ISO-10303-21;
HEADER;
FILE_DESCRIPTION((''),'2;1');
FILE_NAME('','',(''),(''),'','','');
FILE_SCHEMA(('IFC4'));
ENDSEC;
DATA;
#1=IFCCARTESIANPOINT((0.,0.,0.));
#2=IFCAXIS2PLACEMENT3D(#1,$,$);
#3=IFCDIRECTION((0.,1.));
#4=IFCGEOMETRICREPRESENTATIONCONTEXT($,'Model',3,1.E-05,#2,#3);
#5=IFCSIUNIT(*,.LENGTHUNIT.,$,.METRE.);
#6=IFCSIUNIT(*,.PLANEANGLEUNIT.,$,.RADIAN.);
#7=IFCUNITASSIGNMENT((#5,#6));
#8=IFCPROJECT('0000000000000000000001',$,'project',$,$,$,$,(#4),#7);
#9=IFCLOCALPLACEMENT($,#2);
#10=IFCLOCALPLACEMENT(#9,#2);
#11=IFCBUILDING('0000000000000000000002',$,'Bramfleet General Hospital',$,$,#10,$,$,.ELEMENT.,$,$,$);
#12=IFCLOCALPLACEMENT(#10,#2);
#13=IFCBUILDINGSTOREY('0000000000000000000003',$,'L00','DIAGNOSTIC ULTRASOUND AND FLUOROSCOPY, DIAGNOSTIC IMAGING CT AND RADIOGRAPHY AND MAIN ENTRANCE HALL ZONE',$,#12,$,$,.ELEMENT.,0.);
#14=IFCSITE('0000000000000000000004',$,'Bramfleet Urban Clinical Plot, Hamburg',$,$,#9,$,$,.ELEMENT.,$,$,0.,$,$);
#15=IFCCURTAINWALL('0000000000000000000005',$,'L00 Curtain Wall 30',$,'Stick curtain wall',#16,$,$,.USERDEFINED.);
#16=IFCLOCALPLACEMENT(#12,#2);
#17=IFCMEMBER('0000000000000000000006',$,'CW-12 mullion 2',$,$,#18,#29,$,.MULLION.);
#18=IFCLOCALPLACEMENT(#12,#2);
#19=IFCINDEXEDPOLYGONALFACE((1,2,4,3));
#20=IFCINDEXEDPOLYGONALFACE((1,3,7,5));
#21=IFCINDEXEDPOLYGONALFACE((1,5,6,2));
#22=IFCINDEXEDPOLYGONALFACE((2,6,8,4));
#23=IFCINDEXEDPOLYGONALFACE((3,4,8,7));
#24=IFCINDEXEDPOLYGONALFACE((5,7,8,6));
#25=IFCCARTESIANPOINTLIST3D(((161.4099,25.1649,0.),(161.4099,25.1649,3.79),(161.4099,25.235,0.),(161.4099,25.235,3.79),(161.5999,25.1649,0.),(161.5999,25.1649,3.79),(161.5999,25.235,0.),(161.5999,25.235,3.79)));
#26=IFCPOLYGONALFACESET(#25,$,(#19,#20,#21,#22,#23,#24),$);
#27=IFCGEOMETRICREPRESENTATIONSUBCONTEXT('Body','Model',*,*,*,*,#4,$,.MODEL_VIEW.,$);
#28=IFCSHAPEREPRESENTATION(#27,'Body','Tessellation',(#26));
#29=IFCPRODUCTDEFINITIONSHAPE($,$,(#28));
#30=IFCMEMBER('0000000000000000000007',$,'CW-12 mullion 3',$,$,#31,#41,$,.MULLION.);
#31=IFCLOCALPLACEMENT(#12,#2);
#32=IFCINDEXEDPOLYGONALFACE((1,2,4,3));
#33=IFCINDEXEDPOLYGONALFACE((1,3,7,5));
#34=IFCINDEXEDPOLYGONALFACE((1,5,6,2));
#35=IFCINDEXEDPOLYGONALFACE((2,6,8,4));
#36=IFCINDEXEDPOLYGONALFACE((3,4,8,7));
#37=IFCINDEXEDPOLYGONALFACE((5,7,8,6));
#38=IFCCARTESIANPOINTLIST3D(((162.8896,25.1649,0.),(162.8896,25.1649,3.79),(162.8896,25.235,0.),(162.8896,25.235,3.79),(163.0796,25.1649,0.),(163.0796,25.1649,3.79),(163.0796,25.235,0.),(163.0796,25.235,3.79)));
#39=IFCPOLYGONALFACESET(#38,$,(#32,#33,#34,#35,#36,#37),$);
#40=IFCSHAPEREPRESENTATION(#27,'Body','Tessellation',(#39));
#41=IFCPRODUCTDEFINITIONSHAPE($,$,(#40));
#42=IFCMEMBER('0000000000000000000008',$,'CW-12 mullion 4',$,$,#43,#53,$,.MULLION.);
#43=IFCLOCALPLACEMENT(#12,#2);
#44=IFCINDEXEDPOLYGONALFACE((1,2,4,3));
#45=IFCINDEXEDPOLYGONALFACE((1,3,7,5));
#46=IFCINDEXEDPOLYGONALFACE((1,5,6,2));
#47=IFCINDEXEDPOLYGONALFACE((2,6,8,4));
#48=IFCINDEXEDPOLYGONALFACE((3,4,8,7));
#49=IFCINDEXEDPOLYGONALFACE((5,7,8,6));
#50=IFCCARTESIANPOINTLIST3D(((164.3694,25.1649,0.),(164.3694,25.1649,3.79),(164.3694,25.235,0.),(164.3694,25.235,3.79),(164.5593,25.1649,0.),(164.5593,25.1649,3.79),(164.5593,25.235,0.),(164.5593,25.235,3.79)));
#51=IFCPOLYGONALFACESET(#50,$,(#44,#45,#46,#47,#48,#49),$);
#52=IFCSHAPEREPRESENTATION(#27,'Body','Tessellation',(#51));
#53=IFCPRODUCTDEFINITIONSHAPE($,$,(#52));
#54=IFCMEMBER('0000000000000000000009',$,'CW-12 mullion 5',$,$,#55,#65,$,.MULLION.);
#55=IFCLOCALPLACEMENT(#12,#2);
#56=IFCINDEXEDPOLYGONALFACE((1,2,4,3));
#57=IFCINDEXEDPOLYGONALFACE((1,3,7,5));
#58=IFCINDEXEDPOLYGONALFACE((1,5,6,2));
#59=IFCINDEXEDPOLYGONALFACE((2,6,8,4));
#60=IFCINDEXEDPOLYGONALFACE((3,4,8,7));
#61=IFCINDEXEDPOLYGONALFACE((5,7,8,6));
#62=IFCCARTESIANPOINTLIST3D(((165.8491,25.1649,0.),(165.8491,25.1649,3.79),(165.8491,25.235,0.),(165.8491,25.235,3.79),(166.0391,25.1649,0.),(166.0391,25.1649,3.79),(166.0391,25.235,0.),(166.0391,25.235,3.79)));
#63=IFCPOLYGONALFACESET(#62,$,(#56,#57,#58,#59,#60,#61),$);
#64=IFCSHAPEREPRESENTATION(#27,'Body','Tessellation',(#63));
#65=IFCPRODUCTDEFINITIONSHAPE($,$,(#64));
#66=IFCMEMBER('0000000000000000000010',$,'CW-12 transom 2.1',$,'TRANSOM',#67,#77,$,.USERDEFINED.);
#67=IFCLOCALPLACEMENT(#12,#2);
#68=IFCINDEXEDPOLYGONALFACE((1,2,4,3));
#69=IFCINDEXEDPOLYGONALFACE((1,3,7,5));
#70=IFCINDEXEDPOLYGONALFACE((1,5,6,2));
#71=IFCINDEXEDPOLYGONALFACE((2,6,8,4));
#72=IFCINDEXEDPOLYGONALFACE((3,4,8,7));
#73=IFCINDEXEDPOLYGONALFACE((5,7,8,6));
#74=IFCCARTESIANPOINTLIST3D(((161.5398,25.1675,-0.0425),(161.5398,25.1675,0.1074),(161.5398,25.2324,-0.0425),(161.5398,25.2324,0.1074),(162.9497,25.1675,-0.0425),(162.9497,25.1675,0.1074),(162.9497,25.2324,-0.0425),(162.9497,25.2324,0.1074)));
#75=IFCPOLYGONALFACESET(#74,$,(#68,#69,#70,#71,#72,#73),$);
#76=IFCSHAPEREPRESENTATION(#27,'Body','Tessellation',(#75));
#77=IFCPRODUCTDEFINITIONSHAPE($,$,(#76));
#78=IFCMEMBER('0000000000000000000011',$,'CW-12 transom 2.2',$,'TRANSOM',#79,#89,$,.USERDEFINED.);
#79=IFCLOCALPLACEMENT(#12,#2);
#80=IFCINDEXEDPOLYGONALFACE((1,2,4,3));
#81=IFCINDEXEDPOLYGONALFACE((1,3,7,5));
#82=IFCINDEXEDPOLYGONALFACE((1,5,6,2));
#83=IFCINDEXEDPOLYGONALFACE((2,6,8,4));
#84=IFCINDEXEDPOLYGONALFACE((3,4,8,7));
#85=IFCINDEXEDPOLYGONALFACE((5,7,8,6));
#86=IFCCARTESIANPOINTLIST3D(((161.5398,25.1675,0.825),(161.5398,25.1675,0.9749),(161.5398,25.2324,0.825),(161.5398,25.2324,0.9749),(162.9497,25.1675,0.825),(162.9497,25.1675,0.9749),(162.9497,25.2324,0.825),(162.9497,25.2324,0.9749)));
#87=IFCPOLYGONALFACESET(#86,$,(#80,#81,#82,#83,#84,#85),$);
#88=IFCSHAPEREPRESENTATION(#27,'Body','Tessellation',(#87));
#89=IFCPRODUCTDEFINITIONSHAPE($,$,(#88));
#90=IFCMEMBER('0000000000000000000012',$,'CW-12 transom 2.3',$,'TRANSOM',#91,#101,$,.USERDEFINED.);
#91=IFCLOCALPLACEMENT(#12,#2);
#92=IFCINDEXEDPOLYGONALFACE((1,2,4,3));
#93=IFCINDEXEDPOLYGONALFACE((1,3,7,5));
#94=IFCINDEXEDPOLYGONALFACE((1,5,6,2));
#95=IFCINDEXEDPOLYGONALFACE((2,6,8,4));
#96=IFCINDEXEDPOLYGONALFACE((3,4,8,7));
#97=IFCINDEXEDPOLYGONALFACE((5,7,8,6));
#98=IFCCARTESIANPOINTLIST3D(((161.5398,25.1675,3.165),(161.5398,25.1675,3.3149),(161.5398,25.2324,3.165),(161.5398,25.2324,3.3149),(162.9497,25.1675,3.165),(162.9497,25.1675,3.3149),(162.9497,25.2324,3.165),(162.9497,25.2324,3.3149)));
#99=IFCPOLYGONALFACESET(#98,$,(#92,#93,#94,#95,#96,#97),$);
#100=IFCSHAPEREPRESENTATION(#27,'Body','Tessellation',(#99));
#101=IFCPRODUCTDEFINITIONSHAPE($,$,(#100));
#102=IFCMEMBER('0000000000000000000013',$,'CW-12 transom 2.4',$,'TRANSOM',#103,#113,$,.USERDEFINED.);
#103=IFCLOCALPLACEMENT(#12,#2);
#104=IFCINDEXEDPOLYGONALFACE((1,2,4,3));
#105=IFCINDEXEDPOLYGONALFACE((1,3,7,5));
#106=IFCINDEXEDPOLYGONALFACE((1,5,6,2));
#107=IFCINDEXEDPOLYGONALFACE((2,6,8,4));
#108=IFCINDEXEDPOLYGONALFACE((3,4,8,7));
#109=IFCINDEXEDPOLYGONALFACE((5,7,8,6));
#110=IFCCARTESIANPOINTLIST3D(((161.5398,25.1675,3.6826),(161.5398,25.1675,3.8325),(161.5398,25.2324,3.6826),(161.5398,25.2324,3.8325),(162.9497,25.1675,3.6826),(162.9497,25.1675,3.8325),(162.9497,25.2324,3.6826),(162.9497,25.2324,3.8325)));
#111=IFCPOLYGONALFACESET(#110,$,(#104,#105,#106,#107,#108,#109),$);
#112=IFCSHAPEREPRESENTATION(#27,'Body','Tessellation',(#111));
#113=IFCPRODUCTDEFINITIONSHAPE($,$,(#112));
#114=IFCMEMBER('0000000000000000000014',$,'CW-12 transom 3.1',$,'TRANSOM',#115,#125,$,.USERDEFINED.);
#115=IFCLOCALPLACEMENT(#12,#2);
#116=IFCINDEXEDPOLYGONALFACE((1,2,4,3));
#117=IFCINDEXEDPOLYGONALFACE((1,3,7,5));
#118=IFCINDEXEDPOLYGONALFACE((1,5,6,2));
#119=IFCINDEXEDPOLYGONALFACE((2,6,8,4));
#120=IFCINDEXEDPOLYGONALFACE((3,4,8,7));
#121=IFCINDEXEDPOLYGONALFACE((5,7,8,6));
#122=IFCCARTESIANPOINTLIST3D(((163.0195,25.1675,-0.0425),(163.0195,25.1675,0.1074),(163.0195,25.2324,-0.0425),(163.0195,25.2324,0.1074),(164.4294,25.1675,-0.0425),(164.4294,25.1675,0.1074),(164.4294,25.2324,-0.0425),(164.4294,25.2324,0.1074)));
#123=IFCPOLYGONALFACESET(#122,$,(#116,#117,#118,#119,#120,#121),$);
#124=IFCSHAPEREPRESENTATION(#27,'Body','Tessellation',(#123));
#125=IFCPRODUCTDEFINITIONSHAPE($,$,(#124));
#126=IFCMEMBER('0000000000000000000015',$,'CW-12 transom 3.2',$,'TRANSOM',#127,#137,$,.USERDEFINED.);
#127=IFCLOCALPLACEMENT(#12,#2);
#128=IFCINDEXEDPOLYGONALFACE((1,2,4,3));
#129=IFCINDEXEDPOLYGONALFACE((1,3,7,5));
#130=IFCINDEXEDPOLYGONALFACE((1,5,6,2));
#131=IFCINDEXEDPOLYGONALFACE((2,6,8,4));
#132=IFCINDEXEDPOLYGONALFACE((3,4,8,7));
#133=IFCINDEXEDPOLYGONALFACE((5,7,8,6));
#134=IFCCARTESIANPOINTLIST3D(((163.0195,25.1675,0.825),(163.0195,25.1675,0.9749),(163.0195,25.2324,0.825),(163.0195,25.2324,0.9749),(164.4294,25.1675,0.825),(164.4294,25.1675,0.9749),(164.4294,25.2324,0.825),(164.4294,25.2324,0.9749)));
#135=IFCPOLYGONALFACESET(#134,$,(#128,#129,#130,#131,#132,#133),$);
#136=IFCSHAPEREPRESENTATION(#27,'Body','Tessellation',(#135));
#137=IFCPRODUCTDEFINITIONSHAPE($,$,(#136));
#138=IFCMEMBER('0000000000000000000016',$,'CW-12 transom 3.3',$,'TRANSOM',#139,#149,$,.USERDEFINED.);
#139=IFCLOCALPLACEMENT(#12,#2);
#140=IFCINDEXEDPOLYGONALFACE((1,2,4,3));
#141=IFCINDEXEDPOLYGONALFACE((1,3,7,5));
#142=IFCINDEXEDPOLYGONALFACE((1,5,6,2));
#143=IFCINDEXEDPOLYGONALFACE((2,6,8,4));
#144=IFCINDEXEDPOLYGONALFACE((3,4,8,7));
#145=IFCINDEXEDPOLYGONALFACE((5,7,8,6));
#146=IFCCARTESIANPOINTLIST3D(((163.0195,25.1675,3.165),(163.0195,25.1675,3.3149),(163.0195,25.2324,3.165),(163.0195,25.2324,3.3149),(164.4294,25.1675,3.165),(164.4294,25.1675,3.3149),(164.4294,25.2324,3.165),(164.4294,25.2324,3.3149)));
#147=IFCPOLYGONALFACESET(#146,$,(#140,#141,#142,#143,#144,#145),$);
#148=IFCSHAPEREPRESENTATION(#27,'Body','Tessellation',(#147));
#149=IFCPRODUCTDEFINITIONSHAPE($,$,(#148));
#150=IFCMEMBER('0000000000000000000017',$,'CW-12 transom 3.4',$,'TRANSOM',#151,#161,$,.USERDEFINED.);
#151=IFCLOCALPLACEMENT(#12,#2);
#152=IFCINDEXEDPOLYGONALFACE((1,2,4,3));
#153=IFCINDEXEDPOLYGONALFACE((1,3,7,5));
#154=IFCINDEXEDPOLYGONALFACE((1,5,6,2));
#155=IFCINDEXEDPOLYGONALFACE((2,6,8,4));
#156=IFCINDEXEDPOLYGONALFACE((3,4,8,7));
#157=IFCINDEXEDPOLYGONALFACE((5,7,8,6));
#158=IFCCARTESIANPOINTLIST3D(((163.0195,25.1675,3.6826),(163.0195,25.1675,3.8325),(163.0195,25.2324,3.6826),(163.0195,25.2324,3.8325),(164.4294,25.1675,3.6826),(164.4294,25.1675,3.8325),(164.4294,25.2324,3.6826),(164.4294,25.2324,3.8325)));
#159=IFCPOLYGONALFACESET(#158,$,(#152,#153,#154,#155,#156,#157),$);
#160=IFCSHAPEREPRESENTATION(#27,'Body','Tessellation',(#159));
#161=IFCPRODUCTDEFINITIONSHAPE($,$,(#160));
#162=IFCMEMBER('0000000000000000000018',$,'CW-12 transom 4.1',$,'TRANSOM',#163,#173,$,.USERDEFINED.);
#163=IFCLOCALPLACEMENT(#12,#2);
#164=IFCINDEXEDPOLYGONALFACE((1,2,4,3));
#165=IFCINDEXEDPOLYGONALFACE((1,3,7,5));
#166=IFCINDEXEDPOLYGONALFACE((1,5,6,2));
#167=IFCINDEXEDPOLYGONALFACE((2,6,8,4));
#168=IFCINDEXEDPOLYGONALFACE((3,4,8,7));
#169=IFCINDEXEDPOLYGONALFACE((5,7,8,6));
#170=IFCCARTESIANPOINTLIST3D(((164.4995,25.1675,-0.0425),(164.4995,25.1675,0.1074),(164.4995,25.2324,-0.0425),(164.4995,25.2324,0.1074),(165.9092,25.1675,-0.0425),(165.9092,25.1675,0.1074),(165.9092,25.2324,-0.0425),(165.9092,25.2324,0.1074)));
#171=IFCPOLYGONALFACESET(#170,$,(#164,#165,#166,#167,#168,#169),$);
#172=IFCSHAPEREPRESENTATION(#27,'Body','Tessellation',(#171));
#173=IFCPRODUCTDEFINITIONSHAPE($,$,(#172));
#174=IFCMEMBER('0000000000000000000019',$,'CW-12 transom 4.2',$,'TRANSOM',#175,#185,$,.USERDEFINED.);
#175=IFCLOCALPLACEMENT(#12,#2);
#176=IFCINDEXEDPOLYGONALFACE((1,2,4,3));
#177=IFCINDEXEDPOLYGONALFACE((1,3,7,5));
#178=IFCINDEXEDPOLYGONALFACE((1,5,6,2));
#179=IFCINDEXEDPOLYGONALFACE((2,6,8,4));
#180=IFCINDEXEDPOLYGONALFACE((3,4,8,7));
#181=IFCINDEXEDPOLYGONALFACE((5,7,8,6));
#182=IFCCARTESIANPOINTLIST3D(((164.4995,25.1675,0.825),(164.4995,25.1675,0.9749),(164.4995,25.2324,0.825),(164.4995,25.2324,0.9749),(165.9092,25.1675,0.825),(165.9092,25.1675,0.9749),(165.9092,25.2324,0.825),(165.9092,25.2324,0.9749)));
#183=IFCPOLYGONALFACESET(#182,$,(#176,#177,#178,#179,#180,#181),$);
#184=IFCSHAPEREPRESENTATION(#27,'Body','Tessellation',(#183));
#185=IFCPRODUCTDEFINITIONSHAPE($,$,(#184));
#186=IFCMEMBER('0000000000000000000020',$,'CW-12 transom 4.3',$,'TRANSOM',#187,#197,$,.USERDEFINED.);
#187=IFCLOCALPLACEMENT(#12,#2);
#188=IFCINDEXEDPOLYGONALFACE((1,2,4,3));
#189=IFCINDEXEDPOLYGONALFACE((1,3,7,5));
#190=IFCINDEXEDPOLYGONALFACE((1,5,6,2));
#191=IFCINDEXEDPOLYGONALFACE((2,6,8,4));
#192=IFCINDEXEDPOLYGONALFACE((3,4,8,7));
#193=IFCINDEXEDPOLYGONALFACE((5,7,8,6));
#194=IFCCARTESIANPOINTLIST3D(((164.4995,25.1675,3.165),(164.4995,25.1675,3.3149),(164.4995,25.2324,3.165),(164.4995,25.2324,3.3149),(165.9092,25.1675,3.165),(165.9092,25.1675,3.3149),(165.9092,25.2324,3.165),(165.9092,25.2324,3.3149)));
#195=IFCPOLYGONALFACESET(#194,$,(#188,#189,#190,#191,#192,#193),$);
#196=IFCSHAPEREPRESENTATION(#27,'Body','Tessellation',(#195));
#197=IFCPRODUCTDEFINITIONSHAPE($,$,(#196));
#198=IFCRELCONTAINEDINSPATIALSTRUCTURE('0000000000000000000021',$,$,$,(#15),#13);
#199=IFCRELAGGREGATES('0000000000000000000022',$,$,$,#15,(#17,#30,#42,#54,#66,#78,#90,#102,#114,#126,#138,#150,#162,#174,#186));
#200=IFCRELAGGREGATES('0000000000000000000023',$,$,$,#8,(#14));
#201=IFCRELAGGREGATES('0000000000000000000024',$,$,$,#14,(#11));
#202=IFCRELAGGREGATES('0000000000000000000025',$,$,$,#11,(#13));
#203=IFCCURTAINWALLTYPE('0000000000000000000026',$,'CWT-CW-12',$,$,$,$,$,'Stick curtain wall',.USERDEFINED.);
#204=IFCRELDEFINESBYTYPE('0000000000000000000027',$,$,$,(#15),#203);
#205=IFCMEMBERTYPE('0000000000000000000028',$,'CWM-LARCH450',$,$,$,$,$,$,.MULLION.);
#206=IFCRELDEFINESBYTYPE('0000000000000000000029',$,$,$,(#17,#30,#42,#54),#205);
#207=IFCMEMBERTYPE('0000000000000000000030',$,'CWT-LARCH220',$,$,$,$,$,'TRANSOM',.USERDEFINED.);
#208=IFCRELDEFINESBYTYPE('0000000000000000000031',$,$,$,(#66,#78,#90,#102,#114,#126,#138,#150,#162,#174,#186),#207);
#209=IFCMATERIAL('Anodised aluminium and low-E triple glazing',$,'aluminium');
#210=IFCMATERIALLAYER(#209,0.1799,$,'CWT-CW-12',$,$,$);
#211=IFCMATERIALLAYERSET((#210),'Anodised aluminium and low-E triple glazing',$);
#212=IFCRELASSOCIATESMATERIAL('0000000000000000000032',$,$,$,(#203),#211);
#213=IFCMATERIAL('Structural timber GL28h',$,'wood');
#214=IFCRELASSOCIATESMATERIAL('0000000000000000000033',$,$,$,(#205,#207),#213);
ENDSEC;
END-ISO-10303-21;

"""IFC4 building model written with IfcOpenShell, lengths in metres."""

from ifc_helpers import new_model, si_unit, direction, frame, origin, origin_2d, place, context, subcontext, project, spatial, rectangle, extrude, material, layer, layer_set, material_profile, profile_set, type_object, element, aggregate, save


model = new_model("IFC4")

# Units and contexts
model_context = context("Model", 3, precision=1e-05, world=origin(), true_north=direction((0.0, 1.0)))
body_context = subcontext(model_context, "Body", "Model", "MODEL_VIEW")
ifc_project = project(units=[si_unit("LENGTHUNIT", "METRE"), si_unit("PLANEANGLEUNIT", "RADIAN")], contexts=[model_context])

# Site, building, storey
site_placement = place(None, origin())
site = spatial("IfcSite", under=ifc_project, at=site_placement, Name="Bramfleet Urban Clinical Plot, Hamburg", CompositionType="ELEMENT", RefElevation=0.0)
building_placement = place(site_placement, origin())
building = spatial("IfcBuilding", under=site, at=building_placement, Name="Bramfleet General Hospital", CompositionType="ELEMENT")
storey_placement = place(building_placement, origin())
storey = spatial("IfcBuildingStorey", under=building, at=storey_placement, Name="L00", Description="DIAGNOSTIC ULTRASOUND AND FLUOROSCOPY, DIAGNOSTIC IMAGING CT AND RADIOGRAPHY AND MAIN ENTRANCE HALL ZONE", CompositionType="ELEMENT", Elevation=0.0)

# Curtain wall, members
ifc_material_1 = material(Name="Anodised aluminium and low-E triple glazing", Category="aluminium")
ifc_layer_1 = layer(ifc_material_1, 0.1799, Name="CWT-CW-12")
ifc_layer_set_1 = layer_set([ifc_layer_1], Name="Anodised aluminium and low-E triple glazing")
curtain_wall_type = type_object("IfcCurtainWallType", Name="CWT-CW-12", ElementType="Stick curtain wall", PredefinedType="USERDEFINED", material=ifc_layer_set_1)
curtain_wall_placement = place(storey_placement, origin())
curtain_wall = element("IfcCurtainWall", 1, at=curtain_wall_placement, inside=storey, type_object=curtain_wall_type, Name="L00 Curtain Wall 30", ObjectType="Stick curtain wall", PredefinedType="USERDEFINED")
ifc_material_2 = material(Name="Structural timber GL28h", Category="wood")
ifc_material_profile_1 = material_profile(ifc_material_2, rectangle(XDim=0.0701, YDim=0.1899, at=origin_2d()), Name="LARCH 190x70")
ifc_profile_set_1 = profile_set([ifc_material_profile_1], Name="Structural timber GL28h")
member_type_1 = type_object("IfcMemberType", Name="CWM-LARCH450", PredefinedType="MULLION", material=ifc_profile_set_1)
member_1_placement = place(storey_placement, frame((161.5049, 25.2, 0.0), z_axis=(0.0, 0.0, 1.0), x_axis=(0.0, 1.0, 0.0)))
member_1 = element("IfcMember", 2, at=member_1_placement, type_object=member_type_1, Name="CW-12 mullion 2", PredefinedType="MULLION", context=body_context, shape_type="SweptSolid", body=[
    extrude(rectangle(XDim=0.0701, YDim=0.1899, at=origin_2d()), origin(), (0.0, 0.0, 1.0), 3.79),
])
member_2_placement = place(storey_placement, frame((162.9846, 25.2, 0.0), z_axis=(0.0, 0.0, 1.0), x_axis=(0.0, 1.0, 0.0)))
member_2 = element("IfcMember", 3, at=member_2_placement, type_object=member_type_1, Name="CW-12 mullion 3", PredefinedType="MULLION", context=body_context, shape_type="SweptSolid", body=[
    extrude(rectangle(XDim=0.0701, YDim=0.1899, at=origin_2d()), origin(), (0.0, 0.0, 1.0), 3.79),
])
member_3_placement = place(storey_placement, frame((164.4644, 25.2, 0.0), z_axis=(0.0, 0.0, 1.0), x_axis=(0.0, 1.0, 0.0)))
member_3 = element("IfcMember", 4, at=member_3_placement, type_object=member_type_1, Name="CW-12 mullion 4", PredefinedType="MULLION", context=body_context, shape_type="SweptSolid", body=[
    extrude(rectangle(XDim=0.0701, YDim=0.1899, at=origin_2d()), origin(), (0.0, 0.0, 1.0), 3.79),
])
member_4_placement = place(storey_placement, frame((165.9441, 25.2, 0.0), z_axis=(0.0, 0.0, 1.0), x_axis=(0.0, 1.0, 0.0)))
member_4 = element("IfcMember", 5, at=member_4_placement, type_object=member_type_1, Name="CW-12 mullion 5", PredefinedType="MULLION", context=body_context, shape_type="SweptSolid", body=[
    extrude(rectangle(XDim=0.0701, YDim=0.1899, at=origin_2d()), origin(), (0.0, 0.0, 1.0), 3.79),
])
ifc_material_profile_2 = material_profile(ifc_material_2, rectangle(XDim=0.0649, YDim=0.1499, at=origin_2d()), Name="LARCH 150x65")
ifc_profile_set_2 = profile_set([ifc_material_profile_2], Name="Structural timber GL28h")
member_type_2 = type_object("IfcMemberType", Name="CWT-LARCH220", ElementType="TRANSOM", PredefinedType="USERDEFINED", material=ifc_profile_set_2)
member_5_placement = place(storey_placement, frame((161.5398, 25.2, 0.0325), z_axis=(1.0, 0.0, 0.0), x_axis=(0.0, 1.0, 0.0)))
member_5 = element("IfcMember", 6, at=member_5_placement, type_object=member_type_2, Name="CW-12 transom 2.1", ObjectType="TRANSOM", PredefinedType="USERDEFINED", context=body_context, shape_type="SweptSolid", body=[
    extrude(rectangle(XDim=0.0649, YDim=0.1499, at=origin_2d()), origin(), (0.0, 0.0, 1.0), 1.4099),
])
member_6_placement = place(storey_placement, frame((161.5398, 25.2, 0.8999), z_axis=(1.0, 0.0, 0.0), x_axis=(0.0, 1.0, 0.0)))
member_6 = element("IfcMember", 7, at=member_6_placement, type_object=member_type_2, Name="CW-12 transom 2.2", ObjectType="TRANSOM", PredefinedType="USERDEFINED", context=body_context, shape_type="SweptSolid", body=[
    extrude(rectangle(XDim=0.0649, YDim=0.1499, at=origin_2d()), origin(), (0.0, 0.0, 1.0), 1.4099),
])
member_7_placement = place(storey_placement, frame((161.5398, 25.2, 3.24), z_axis=(1.0, 0.0, 0.0), x_axis=(0.0, 1.0, 0.0)))
member_7 = element("IfcMember", 8, at=member_7_placement, type_object=member_type_2, Name="CW-12 transom 2.3", ObjectType="TRANSOM", PredefinedType="USERDEFINED", context=body_context, shape_type="SweptSolid", body=[
    extrude(rectangle(XDim=0.0649, YDim=0.1499, at=origin_2d()), origin(), (0.0, 0.0, 1.0), 1.4099),
])
member_8_placement = place(storey_placement, frame((161.5398, 25.2, 3.7576), z_axis=(1.0, 0.0, 0.0), x_axis=(0.0, 1.0, 0.0)))
member_8 = element("IfcMember", 9, at=member_8_placement, type_object=member_type_2, Name="CW-12 transom 2.4", ObjectType="TRANSOM", PredefinedType="USERDEFINED", context=body_context, shape_type="SweptSolid", body=[
    extrude(rectangle(XDim=0.0649, YDim=0.1499, at=origin_2d()), origin(), (0.0, 0.0, 1.0), 1.4099),
])
member_9_placement = place(storey_placement, frame((163.0195, 25.2, 0.0325), z_axis=(1.0, 0.0, 0.0), x_axis=(0.0, 1.0, 0.0)))
member_9 = element("IfcMember", 10, at=member_9_placement, type_object=member_type_2, Name="CW-12 transom 3.1", ObjectType="TRANSOM", PredefinedType="USERDEFINED", context=body_context, shape_type="SweptSolid", body=[
    extrude(rectangle(XDim=0.0649, YDim=0.1499, at=origin_2d()), origin(), (0.0, 0.0, 1.0), 1.4099),
])
member_10_placement = place(storey_placement, frame((163.0195, 25.2, 0.8999), z_axis=(1.0, 0.0, 0.0), x_axis=(0.0, 1.0, 0.0)))
member_10 = element("IfcMember", 11, at=member_10_placement, type_object=member_type_2, Name="CW-12 transom 3.2", ObjectType="TRANSOM", PredefinedType="USERDEFINED", context=body_context, shape_type="SweptSolid", body=[
    extrude(rectangle(XDim=0.0649, YDim=0.1499, at=origin_2d()), origin(), (0.0, 0.0, 1.0), 1.4099),
])
member_11_placement = place(storey_placement, frame((163.0195, 25.2, 3.24), z_axis=(1.0, 0.0, 0.0), x_axis=(0.0, 1.0, 0.0)))
member_11 = element("IfcMember", 12, at=member_11_placement, type_object=member_type_2, Name="CW-12 transom 3.3", ObjectType="TRANSOM", PredefinedType="USERDEFINED", context=body_context, shape_type="SweptSolid", body=[
    extrude(rectangle(XDim=0.0649, YDim=0.1499, at=origin_2d()), origin(), (0.0, 0.0, 1.0), 1.4099),
])
member_12_placement = place(storey_placement, frame((163.0195, 25.2, 3.7576), z_axis=(1.0, 0.0, 0.0), x_axis=(0.0, 1.0, 0.0)))
member_12 = element("IfcMember", 13, at=member_12_placement, type_object=member_type_2, Name="CW-12 transom 3.4", ObjectType="TRANSOM", PredefinedType="USERDEFINED", context=body_context, shape_type="SweptSolid", body=[
    extrude(rectangle(XDim=0.0649, YDim=0.1499, at=origin_2d()), origin(), (0.0, 0.0, 1.0), 1.4099),
])
member_13_placement = place(storey_placement, frame((164.4995, 25.2, 0.0325), z_axis=(1.0, 0.0, 0.0), x_axis=(0.0, 1.0, 0.0)))
member_13 = element("IfcMember", 14, at=member_13_placement, type_object=member_type_2, Name="CW-12 transom 4.1", ObjectType="TRANSOM", PredefinedType="USERDEFINED", context=body_context, shape_type="SweptSolid", body=[
    extrude(rectangle(XDim=0.0649, YDim=0.1499, at=origin_2d()), origin(), (0.0, 0.0, 1.0), 1.4097),
])
member_14_placement = place(storey_placement, frame((164.4995, 25.2, 0.8999), z_axis=(1.0, 0.0, 0.0), x_axis=(0.0, 1.0, 0.0)))
member_14 = element("IfcMember", 15, at=member_14_placement, type_object=member_type_2, Name="CW-12 transom 4.2", ObjectType="TRANSOM", PredefinedType="USERDEFINED", context=body_context, shape_type="SweptSolid", body=[
    extrude(rectangle(XDim=0.0649, YDim=0.1499, at=origin_2d()), origin(), (0.0, 0.0, 1.0), 1.4097),
])
member_15_placement = place(storey_placement, frame((164.4995, 25.2, 3.24), z_axis=(1.0, 0.0, 0.0), x_axis=(0.0, 1.0, 0.0)))
member_15 = element("IfcMember", 16, at=member_15_placement, type_object=member_type_2, Name="CW-12 transom 4.3", ObjectType="TRANSOM", PredefinedType="USERDEFINED", context=body_context, shape_type="SweptSolid", body=[
    extrude(rectangle(XDim=0.0649, YDim=0.1499, at=origin_2d()), origin(), (0.0, 0.0, 1.0), 1.4097),
])
aggregate(curtain_wall, [member_1, member_2, member_3, member_4, member_5, member_6, member_7, member_8, member_9, member_10, member_11, member_12, member_13, member_14, member_15])

save(model, "model.ifc")
